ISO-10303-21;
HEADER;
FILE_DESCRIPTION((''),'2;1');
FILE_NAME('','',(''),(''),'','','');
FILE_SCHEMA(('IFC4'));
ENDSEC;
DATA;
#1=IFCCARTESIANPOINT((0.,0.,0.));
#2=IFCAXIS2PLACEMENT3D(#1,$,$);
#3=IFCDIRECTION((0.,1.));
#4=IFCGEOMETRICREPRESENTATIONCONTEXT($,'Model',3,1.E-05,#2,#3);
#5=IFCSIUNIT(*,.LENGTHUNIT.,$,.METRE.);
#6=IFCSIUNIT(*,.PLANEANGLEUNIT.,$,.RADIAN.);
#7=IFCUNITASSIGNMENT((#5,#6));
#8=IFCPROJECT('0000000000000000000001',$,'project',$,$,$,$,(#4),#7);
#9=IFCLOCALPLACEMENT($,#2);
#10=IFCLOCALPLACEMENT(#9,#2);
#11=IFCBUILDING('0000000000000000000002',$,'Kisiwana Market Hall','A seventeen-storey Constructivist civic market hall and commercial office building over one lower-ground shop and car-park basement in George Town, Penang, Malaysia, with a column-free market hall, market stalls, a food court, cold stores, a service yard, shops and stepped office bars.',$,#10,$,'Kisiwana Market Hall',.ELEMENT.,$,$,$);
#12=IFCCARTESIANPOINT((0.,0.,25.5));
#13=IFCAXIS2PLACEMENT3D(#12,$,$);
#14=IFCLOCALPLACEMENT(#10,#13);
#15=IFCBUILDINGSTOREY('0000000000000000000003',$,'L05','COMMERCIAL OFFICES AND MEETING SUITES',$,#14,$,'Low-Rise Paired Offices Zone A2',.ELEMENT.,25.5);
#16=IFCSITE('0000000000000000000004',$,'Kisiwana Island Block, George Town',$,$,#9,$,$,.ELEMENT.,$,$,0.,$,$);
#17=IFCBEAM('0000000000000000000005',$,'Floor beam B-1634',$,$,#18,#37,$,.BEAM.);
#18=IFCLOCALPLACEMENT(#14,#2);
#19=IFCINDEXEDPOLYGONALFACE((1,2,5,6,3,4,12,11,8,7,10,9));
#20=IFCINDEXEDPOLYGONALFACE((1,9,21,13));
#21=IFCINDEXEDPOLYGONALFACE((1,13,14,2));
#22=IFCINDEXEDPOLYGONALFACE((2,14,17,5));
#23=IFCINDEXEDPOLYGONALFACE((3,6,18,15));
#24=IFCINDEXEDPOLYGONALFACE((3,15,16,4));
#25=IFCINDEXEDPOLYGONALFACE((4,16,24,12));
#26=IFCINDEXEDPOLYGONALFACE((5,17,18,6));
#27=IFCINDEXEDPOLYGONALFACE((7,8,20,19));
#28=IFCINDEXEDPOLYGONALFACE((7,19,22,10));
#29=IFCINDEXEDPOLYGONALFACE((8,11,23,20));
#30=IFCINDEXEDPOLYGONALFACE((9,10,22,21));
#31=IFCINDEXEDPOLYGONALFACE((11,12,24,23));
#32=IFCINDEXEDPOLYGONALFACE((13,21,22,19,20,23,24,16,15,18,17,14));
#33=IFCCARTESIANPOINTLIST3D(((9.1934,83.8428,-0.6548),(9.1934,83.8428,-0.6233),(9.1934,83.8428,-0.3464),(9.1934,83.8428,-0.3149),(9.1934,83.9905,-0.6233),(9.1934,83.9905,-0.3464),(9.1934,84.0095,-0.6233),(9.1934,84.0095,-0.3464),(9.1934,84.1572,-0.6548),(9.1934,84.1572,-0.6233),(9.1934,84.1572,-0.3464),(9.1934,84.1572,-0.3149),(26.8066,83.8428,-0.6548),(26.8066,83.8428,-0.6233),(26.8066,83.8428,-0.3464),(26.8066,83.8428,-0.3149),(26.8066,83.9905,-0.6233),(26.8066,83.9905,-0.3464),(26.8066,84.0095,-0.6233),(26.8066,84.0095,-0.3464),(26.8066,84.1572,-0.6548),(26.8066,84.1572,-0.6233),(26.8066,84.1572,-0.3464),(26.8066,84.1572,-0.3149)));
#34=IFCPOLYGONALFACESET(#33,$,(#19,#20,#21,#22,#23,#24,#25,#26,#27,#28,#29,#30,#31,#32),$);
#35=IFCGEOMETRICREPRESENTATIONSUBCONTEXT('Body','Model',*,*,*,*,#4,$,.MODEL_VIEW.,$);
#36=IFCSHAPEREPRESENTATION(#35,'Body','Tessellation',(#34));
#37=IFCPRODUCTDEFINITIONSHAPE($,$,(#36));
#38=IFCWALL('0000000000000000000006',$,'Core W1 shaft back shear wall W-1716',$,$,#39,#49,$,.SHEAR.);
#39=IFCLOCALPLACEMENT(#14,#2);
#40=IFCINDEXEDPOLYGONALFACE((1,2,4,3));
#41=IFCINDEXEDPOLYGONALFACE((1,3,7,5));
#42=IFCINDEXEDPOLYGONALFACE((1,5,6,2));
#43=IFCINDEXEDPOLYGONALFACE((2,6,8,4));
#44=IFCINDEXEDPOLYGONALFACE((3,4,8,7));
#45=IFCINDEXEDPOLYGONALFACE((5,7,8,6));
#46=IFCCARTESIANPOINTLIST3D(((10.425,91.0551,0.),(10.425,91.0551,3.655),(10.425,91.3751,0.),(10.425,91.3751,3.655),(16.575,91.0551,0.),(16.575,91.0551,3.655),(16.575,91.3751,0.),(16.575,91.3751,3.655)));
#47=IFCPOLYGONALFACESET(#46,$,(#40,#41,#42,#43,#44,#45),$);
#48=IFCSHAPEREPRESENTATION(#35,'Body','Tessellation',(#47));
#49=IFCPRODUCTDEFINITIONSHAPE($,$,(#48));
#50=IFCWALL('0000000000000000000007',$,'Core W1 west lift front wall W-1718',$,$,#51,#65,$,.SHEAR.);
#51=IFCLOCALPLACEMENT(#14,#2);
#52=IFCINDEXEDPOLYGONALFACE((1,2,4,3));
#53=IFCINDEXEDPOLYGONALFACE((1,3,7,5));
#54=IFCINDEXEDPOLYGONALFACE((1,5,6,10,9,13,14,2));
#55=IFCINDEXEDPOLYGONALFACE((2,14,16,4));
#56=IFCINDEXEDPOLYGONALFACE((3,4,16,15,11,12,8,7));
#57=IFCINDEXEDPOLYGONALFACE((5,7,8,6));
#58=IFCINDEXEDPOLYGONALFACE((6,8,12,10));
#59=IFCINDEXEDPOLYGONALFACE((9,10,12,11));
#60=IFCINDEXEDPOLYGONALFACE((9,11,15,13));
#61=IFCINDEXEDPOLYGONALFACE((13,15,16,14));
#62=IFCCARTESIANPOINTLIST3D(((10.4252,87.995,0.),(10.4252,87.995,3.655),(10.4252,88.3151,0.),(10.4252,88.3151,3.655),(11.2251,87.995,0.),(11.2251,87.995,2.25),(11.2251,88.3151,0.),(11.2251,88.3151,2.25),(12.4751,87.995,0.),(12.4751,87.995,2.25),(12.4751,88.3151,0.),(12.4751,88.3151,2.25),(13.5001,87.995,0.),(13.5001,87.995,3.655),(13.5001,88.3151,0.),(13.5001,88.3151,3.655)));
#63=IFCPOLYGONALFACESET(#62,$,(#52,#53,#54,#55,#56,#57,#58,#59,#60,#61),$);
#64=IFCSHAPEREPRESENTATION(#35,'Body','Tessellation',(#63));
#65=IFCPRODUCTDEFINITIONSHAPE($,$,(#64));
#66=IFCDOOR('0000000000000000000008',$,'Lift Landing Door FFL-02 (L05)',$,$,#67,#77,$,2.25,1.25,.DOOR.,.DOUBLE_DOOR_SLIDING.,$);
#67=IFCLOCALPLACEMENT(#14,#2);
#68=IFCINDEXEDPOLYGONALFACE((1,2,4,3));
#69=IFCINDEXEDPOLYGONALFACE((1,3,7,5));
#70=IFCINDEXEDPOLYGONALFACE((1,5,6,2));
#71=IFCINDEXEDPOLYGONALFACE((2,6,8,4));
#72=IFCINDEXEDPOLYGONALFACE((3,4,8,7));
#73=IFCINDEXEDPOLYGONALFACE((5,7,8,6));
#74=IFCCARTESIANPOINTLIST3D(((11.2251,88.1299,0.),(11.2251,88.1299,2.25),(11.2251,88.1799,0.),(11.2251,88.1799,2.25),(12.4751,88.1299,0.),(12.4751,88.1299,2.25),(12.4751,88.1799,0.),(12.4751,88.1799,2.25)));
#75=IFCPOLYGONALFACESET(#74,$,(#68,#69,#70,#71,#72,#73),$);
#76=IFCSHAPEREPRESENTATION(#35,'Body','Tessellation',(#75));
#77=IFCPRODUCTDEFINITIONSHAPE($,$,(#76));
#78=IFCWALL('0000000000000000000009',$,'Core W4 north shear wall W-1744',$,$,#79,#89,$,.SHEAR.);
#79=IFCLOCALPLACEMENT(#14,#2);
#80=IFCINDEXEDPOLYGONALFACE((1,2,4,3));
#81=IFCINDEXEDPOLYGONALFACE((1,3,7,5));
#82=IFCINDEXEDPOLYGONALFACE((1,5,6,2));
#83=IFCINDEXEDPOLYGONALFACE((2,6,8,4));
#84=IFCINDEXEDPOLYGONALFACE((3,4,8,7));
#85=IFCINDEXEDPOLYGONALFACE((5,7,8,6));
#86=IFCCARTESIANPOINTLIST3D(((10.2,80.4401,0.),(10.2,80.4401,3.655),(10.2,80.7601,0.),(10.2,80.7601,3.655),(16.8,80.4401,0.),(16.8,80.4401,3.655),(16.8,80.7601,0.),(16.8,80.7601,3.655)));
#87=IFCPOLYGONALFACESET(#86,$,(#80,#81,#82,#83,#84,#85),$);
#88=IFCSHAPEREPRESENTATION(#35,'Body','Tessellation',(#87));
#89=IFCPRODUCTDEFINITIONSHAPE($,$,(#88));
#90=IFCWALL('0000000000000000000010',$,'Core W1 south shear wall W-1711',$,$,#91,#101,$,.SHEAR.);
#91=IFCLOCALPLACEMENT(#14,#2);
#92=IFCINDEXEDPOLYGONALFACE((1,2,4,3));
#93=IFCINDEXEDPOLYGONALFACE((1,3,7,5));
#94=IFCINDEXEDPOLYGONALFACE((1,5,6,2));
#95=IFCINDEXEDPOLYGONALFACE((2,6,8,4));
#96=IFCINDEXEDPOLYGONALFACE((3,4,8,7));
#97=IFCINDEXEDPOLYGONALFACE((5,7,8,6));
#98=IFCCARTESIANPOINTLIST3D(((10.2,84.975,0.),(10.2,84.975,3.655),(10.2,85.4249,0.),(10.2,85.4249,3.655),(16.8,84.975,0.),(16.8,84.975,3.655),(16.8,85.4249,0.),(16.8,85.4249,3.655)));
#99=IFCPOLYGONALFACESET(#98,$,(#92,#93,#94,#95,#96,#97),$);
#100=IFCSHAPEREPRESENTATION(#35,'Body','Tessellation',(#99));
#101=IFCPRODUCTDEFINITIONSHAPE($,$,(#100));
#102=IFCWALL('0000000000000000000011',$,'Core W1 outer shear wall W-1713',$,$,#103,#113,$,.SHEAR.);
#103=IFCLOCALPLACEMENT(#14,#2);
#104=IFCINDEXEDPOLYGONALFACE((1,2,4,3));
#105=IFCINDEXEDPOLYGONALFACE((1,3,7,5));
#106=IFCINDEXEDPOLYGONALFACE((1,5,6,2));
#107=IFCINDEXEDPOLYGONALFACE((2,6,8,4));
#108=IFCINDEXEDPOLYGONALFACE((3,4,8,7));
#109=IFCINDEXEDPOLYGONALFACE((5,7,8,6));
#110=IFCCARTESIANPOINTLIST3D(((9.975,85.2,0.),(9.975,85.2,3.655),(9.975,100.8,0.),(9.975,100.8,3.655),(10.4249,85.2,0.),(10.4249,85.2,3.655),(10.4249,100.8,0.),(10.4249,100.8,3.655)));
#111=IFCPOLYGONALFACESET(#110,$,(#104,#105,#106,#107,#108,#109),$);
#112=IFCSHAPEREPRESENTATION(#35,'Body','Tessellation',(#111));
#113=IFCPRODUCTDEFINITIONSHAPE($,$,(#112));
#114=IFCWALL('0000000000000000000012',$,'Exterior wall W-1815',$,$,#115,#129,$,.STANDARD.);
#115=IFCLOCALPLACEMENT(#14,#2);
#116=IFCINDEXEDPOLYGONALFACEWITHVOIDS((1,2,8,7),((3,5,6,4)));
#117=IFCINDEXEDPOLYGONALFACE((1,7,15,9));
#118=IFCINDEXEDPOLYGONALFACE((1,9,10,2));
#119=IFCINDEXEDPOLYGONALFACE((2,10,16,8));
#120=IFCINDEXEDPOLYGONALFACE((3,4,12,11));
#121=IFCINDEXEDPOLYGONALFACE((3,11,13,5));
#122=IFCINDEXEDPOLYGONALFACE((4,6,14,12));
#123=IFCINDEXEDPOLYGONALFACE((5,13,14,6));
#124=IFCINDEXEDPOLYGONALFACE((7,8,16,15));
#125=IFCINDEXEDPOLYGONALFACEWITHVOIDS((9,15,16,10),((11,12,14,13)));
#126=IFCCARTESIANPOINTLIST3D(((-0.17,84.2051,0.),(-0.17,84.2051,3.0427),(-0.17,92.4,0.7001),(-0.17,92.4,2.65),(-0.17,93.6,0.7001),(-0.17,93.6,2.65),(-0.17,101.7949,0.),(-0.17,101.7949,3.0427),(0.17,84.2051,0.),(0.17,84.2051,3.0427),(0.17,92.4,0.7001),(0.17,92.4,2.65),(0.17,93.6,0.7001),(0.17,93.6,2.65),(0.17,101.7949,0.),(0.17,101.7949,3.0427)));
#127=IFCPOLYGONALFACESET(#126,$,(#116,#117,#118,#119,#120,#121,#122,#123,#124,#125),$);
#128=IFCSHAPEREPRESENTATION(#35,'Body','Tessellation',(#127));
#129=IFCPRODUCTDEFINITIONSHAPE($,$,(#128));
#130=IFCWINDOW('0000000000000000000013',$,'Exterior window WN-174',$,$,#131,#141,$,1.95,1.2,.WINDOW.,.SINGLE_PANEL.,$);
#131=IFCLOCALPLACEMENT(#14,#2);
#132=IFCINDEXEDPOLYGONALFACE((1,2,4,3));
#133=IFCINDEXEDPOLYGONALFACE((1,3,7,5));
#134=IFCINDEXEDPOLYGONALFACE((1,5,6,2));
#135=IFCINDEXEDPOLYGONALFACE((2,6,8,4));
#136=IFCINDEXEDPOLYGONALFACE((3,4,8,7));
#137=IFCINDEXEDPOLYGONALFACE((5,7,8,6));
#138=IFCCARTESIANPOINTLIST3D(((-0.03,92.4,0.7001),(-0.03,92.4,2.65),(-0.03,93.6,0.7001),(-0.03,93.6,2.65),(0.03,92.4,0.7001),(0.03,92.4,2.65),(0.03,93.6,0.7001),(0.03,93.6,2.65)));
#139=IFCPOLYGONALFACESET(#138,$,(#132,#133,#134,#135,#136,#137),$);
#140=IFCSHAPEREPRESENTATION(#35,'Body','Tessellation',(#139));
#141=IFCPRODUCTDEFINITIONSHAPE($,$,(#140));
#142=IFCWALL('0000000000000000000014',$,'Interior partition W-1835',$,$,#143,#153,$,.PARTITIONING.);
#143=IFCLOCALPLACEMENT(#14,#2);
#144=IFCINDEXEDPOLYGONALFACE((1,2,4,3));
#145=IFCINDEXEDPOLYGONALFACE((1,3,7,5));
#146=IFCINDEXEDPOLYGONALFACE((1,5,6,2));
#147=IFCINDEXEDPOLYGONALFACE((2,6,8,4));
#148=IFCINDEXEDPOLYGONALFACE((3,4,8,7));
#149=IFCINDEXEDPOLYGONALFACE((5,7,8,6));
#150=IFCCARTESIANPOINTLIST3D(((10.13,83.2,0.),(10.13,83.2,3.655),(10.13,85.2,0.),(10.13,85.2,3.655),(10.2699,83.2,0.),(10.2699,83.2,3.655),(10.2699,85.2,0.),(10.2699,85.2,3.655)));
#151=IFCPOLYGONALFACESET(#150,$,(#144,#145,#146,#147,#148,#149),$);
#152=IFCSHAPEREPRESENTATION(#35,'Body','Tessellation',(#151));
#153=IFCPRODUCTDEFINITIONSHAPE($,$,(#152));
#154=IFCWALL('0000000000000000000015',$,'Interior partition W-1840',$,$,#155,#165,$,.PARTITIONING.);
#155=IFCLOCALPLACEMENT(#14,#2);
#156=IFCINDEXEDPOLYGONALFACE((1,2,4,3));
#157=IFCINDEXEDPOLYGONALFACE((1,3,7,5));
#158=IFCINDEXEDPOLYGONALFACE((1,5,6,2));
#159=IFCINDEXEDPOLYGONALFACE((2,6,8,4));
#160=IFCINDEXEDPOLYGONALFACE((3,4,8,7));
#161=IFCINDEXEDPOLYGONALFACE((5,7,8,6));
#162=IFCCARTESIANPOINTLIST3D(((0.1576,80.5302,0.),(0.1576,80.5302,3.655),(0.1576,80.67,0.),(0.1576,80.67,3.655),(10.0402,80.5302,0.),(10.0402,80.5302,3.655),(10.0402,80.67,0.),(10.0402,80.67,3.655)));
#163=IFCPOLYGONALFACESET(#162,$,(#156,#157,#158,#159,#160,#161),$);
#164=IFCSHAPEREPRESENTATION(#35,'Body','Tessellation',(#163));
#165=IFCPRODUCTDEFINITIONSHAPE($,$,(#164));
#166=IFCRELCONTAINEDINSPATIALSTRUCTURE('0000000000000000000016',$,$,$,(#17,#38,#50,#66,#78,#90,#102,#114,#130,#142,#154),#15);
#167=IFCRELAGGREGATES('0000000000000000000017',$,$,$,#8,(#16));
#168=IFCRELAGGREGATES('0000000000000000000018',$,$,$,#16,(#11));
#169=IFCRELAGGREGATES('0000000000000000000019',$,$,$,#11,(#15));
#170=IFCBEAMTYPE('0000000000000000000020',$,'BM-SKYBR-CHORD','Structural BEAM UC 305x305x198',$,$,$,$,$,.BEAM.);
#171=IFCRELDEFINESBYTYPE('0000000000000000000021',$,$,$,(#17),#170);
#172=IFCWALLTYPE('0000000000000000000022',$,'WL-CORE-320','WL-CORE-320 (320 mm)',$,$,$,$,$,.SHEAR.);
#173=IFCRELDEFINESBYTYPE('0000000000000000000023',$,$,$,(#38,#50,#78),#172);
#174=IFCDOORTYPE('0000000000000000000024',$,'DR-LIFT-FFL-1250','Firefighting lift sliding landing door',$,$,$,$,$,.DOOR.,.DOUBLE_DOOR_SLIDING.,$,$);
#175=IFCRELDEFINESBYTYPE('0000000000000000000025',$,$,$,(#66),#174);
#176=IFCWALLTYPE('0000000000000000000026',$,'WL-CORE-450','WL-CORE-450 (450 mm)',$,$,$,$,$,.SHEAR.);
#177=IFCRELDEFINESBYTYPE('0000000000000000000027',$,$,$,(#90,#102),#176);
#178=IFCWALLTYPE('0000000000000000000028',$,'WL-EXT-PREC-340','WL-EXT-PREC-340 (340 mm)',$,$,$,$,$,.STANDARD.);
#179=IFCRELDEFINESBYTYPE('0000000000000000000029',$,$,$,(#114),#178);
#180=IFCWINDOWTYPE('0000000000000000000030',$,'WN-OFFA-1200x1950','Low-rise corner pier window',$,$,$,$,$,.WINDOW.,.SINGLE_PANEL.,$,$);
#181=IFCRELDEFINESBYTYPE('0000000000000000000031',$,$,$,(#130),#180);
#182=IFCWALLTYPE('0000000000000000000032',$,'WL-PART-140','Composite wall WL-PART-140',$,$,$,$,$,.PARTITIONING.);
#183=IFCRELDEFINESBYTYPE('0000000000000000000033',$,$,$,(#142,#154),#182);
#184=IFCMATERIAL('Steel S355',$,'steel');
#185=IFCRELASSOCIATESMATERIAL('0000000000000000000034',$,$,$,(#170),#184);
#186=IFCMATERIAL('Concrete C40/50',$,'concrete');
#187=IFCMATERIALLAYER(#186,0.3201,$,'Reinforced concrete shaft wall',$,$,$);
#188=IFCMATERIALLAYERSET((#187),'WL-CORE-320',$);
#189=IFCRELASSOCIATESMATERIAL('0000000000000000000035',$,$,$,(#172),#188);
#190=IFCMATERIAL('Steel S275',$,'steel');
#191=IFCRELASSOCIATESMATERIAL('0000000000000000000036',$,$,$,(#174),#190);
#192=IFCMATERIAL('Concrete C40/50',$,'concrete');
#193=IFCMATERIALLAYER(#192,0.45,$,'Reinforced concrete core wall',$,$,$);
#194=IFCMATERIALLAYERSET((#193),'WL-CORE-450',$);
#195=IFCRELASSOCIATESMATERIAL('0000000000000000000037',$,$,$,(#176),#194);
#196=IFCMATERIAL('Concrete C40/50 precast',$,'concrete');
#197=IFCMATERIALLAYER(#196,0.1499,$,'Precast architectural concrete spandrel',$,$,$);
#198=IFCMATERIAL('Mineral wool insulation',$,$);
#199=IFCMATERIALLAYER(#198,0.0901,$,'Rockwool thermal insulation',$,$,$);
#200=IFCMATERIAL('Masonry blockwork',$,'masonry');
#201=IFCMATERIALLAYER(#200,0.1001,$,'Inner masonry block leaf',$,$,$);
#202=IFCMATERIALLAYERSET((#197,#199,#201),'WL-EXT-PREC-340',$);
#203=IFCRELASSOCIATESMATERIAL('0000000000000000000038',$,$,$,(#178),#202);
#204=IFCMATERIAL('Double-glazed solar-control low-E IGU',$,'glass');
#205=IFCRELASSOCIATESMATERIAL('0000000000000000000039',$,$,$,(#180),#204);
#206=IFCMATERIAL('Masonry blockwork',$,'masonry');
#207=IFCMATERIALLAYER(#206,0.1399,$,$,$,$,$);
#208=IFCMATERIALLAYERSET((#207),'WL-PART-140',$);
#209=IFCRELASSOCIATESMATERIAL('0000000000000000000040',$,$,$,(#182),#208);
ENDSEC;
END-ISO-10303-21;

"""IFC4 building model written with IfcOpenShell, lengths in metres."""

from ifc_helpers import new_model, si_unit, direction, frame, frame_2d, origin, origin_2d, place, context, subcontext, project, spatial, rectangle, i_section, extrude, material, layer, layer_set, material_profile, profile_set, type_object, element, fill, save


model = new_model("IFC4")

# Units and contexts
model_context = context("Model", 3, precision=1e-05, world=origin(), true_north=direction((0.0, 1.0)))
body_context = subcontext(model_context, "Body", "Model", "MODEL_VIEW")
ifc_project = project(units=[si_unit("LENGTHUNIT", "METRE"), si_unit("PLANEANGLEUNIT", "RADIAN")], contexts=[model_context])

# Site, building, storey
site_placement = place(None, origin())
site = spatial("IfcSite", under=ifc_project, at=site_placement, Name="Kisiwana Island Block, George Town", CompositionType="ELEMENT", RefElevation=0.0)
building_placement = place(site_placement, origin())
building = spatial("IfcBuilding", under=site, at=building_placement, Name="Kisiwana Market Hall", Description="A seventeen-storey Constructivist civic market hall and commercial office building over one lower-ground shop and car-park basement in George Town, Penang, Malaysia, with a column-free market hall, market stalls, a food court, cold stores, a service yard, shops and stepped office bars.", LongName="Kisiwana Market Hall", CompositionType="ELEMENT")
storey_placement = place(building_placement, frame((0.0, 0.0, 25.5)))
storey = spatial("IfcBuildingStorey", under=building, at=storey_placement, Name="L05", Description="COMMERCIAL OFFICES AND MEETING SUITES", LongName="Low-Rise Paired Offices Zone A2", CompositionType="ELEMENT", Elevation=25.5)

# Beam
ifc_material_1 = material(Name="Steel S355", Category="steel")
ifc_material_profile_1 = material_profile(ifc_material_1, i_section(OverallWidth=0.3145, OverallDepth=0.3398, WebThickness=0.019, FlangeThickness=0.0315, at=origin_2d()), Name="UC 305x305x198")
ifc_profile_set_1 = profile_set([ifc_material_profile_1], Name="Steel S355")
beam_type_1 = type_object("IfcBeamType", Name="BM-SKYBR-CHORD", Description="Structural BEAM UC 305x305x198", PredefinedType="BEAM", material=ifc_profile_set_1)
beam_1_placement = place(storey_placement, frame((9.1934, 84.0, -0.4849), z_axis=(1.0, 0.0, 0.0), x_axis=(0.0, 1.0, 0.0)))
element("IfcBeam", 1, at=beam_1_placement, inside=storey, type_object=beam_type_1, Name="Floor beam B-1634", PredefinedType="BEAM", context=body_context, shape_type="SweptSolid", body=[
    extrude(i_section(OverallWidth=0.3145, OverallDepth=0.3398, WebThickness=0.019, FlangeThickness=0.0315, at=origin_2d()), origin(), (0.0, 0.0, 1.0), 17.6133),
])

# Wall
ifc_material_2 = material(Name="Concrete C40/50", Category="concrete")
ifc_layer_1 = layer(ifc_material_2, 0.3201, Name="Reinforced concrete shaft wall")
ifc_layer_set_1 = layer_set([ifc_layer_1], Name="WL-CORE-320")
wall_type_1 = type_object("IfcWallType", Name="WL-CORE-320", Description="WL-CORE-320 (320 mm)", PredefinedType="SHEAR", material=ifc_layer_set_1)
wall_1_placement = place(storey_placement, frame((10.425, 91.2151, 0.0), z_axis=(0.0, 0.0, 1.0), x_axis=(1.0, 0.0, 0.0)))
element("IfcWall", 2, at=wall_1_placement, inside=storey, type_object=wall_type_1, Name="Core W1 shaft back shear wall W-1716", PredefinedType="SHEAR", context=body_context, shape_type="SweptSolid", body=[
    extrude(rectangle(XDim=6.1499, YDim=0.3201, at=frame_2d((3.075, 0.0))), origin(), (0.0, 0.0, 1.0), 3.655),
])

# Wall, opening, door
wall_2_placement = place(storey_placement, frame((10.425, 88.155, 0.0), z_axis=(0.0, 0.0, 1.0), x_axis=(1.0, 0.0, 0.0)))
wall_2 = element("IfcWall", 3, at=wall_2_placement, inside=storey, type_object=wall_type_1, Name="Core W1 west lift front wall W-1718", PredefinedType="SHEAR", context=body_context, shape_type="SweptSolid", body=[
    extrude(rectangle(XDim=3.075, YDim=0.3201, at=frame_2d((1.5376, 0.0))), origin(), (0.0, 0.0, 1.0), 3.655),
])
opening_1_placement = place(wall_2_placement, frame((0.8, 0.0, 0.0)))
opening_1 = element("IfcOpeningElement", 4, at=opening_1_placement, cuts=wall_2, PredefinedType="OPENING", context=body_context, shape_type="SweptSolid", body=[
    extrude(rectangle(XDim=1.25, YDim=2.25, at=frame_2d((0.625, 1.125))), frame((0.0, 0.1719, 0.0), z_axis=(0.0, -1.0, 0.0), x_axis=(1.0, 0.0, 0.0)), (0.0, 0.0, 1.0), 0.344),
])
ifc_material_3 = material(Name="Steel S275", Category="steel")
door_type_1 = type_object("IfcDoorType", Name="DR-LIFT-FFL-1250", Description="Firefighting lift sliding landing door", OperationType="DOUBLE_DOOR_SLIDING", PredefinedType="DOOR", material=ifc_material_3)
door_1_placement = place(opening_1_placement, origin())
door_1 = element("IfcDoor", 5, at=door_1_placement, inside=storey, type_object=door_type_1, Name="Lift Landing Door FFL-02 (L05)", OperationType="DOUBLE_DOOR_SLIDING", OverallHeight=2.25, OverallWidth=1.25, PredefinedType="DOOR", context=body_context, shape_type="SweptSolid", body=[
    extrude(rectangle(XDim=1.25, YDim=2.25, at=frame_2d((0.625, 1.125))), frame((0.0, 0.0249, 0.0), z_axis=(0.0, -1.0, 0.0), x_axis=(1.0, 0.0, 0.0)), (0.0, 0.0, 1.0), 0.05),
])
fill(opening_1, door_1)

# Walls
wall_3_placement = place(storey_placement, frame((10.2, 80.6001, 0.0), z_axis=(0.0, 0.0, 1.0), x_axis=(1.0, 0.0, 0.0)))
element("IfcWall", 6, at=wall_3_placement, inside=storey, type_object=wall_type_1, Name="Core W4 north shear wall W-1744", PredefinedType="SHEAR", context=body_context, shape_type="SweptSolid", body=[
    extrude(rectangle(XDim=6.6001, YDim=0.3201, at=frame_2d((3.3, 0.0))), origin(), (0.0, 0.0, 1.0), 3.655),
])
ifc_material_4 = material(Name="Concrete C40/50", Category="concrete")
ifc_layer_2 = layer(ifc_material_4, 0.45, Name="Reinforced concrete core wall")
ifc_layer_set_2 = layer_set([ifc_layer_2], Name="WL-CORE-450")
wall_type_2 = type_object("IfcWallType", Name="WL-CORE-450", Description="WL-CORE-450 (450 mm)", PredefinedType="SHEAR", material=ifc_layer_set_2)
wall_4_placement = place(storey_placement, frame((10.2, 85.2, 0.0), z_axis=(0.0, 0.0, 1.0), x_axis=(1.0, 0.0, 0.0)))
element("IfcWall", 7, at=wall_4_placement, inside=storey, type_object=wall_type_2, Name="Core W1 south shear wall W-1711", PredefinedType="SHEAR", context=body_context, shape_type="SweptSolid", body=[
    extrude(rectangle(XDim=6.6001, YDim=0.45, at=frame_2d((3.3, 0.0))), origin(), (0.0, 0.0, 1.0), 3.655),
])
wall_5_placement = place(storey_placement, frame((10.2, 85.2, 0.0), z_axis=(0.0, 0.0, 1.0), x_axis=(0.0, 1.0, 0.0)))
element("IfcWall", 8, at=wall_5_placement, inside=storey, type_object=wall_type_2, Name="Core W1 outer shear wall W-1713", PredefinedType="SHEAR", context=body_context, shape_type="SweptSolid", body=[
    extrude(rectangle(XDim=15.6001, YDim=0.45, at=frame_2d((7.8, 0.0))), origin(), (0.0, 0.0, 1.0), 3.655),
])

# Wall, opening, window
ifc_material_5 = material(Name="Concrete C40/50 precast", Category="concrete")
ifc_layer_3 = layer(ifc_material_5, 0.1499, Name="Precast architectural concrete spandrel")
ifc_material_6 = material(Name="Mineral wool insulation")
ifc_layer_4 = layer(ifc_material_6, 0.0901, Name="Rockwool thermal insulation")
ifc_material_7 = material(Name="Masonry blockwork", Category="masonry")
ifc_layer_5 = layer(ifc_material_7, 0.1001, Name="Inner masonry block leaf")
ifc_layer_set_3 = layer_set([ifc_layer_3, ifc_layer_4, ifc_layer_5], Name="WL-EXT-PREC-340")
wall_type_3 = type_object("IfcWallType", Name="WL-EXT-PREC-340", Description="WL-EXT-PREC-340 (340 mm)", PredefinedType="STANDARD", material=ifc_layer_set_3)
wall_6_placement = place(storey_placement, frame((0.0, 84.2051, 0.0), z_axis=(0.0, 0.0, 1.0), x_axis=(0.0, 1.0, 0.0)))
wall_6 = element("IfcWall", 9, at=wall_6_placement, inside=storey, type_object=wall_type_3, Name="Exterior wall W-1815", PredefinedType="STANDARD", context=body_context, shape_type="SweptSolid", body=[
    extrude(rectangle(XDim=17.5898, YDim=0.3401, at=frame_2d((8.7949, 0.0))), origin(), (0.0, 0.0, 1.0), 3.0427),
])
opening_2_placement = place(wall_6_placement, frame((8.1948, 0.0, 0.7)))
opening_2 = element("IfcOpeningElement", 10, at=opening_2_placement, cuts=wall_6, PredefinedType="OPENING", context=body_context, shape_type="SweptSolid", body=[
    extrude(rectangle(XDim=1.2, YDim=1.95, at=frame_2d((0.6001, 0.9751))), frame((0.0, 0.1821, 0.0), z_axis=(0.0, -1.0, 0.0), x_axis=(1.0, 0.0, 0.0)), (0.0, 0.0, 1.0), 0.364),
])
ifc_material_8 = material(Name="Double-glazed solar-control low-E IGU", Category="glass")
window_type = type_object("IfcWindowType", Name="WN-OFFA-1200x1950", Description="Low-rise corner pier window", PartitioningType="SINGLE_PANEL", PredefinedType="WINDOW", material=ifc_material_8)
window_placement = place(opening_2_placement, origin())
window = element("IfcWindow", 11, at=window_placement, inside=storey, type_object=window_type, Name="Exterior window WN-174", OverallHeight=1.95, OverallWidth=1.2, PartitioningType="SINGLE_PANEL", PredefinedType="WINDOW", context=body_context, shape_type="SweptSolid", body=[
    extrude(rectangle(XDim=1.2, YDim=1.95, at=frame_2d((0.6001, 0.9751))), frame((0.0, 0.03, 0.0), z_axis=(0.0, -1.0, 0.0), x_axis=(1.0, 0.0, 0.0)), (0.0, 0.0, 1.0), 0.0601),
])
fill(opening_2, window)

# Walls
ifc_material_9 = material(Name="Masonry blockwork", Category="masonry")
ifc_layer_6 = layer(ifc_material_9, 0.1399)
ifc_layer_set_4 = layer_set([ifc_layer_6], Name="WL-PART-140")
wall_type_4 = type_object("IfcWallType", Name="WL-PART-140", Description="Composite wall WL-PART-140", PredefinedType="PARTITIONING", material=ifc_layer_set_4)
wall_7_placement = place(storey_placement, frame((10.2, 83.2, 0.0), z_axis=(0.0, 0.0, 1.0), x_axis=(0.0, 1.0, 0.0)))
element("IfcWall", 12, at=wall_7_placement, inside=storey, type_object=wall_type_4, Name="Interior partition W-1835", PredefinedType="PARTITIONING", context=body_context, shape_type="SweptSolid", body=[
    extrude(rectangle(XDim=2.0, YDim=0.1399, at=frame_2d((1.0, 0.0))), origin(), (0.0, 0.0, 1.0), 3.655),
])
wall_8_placement = place(storey_placement, frame((0.1575, 80.6001, 0.0), z_axis=(0.0, 0.0, 1.0), x_axis=(1.0, 0.0, 0.0)))
element("IfcWall", 13, at=wall_8_placement, inside=storey, type_object=wall_type_4, Name="Interior partition W-1840", PredefinedType="PARTITIONING", context=body_context, shape_type="SweptSolid", body=[
    extrude(rectangle(XDim=9.8826, YDim=0.1399, at=frame_2d((4.9414, 0.0))), origin(), (0.0, 0.0, 1.0), 3.655),
])

save(model, "model.ifc")
